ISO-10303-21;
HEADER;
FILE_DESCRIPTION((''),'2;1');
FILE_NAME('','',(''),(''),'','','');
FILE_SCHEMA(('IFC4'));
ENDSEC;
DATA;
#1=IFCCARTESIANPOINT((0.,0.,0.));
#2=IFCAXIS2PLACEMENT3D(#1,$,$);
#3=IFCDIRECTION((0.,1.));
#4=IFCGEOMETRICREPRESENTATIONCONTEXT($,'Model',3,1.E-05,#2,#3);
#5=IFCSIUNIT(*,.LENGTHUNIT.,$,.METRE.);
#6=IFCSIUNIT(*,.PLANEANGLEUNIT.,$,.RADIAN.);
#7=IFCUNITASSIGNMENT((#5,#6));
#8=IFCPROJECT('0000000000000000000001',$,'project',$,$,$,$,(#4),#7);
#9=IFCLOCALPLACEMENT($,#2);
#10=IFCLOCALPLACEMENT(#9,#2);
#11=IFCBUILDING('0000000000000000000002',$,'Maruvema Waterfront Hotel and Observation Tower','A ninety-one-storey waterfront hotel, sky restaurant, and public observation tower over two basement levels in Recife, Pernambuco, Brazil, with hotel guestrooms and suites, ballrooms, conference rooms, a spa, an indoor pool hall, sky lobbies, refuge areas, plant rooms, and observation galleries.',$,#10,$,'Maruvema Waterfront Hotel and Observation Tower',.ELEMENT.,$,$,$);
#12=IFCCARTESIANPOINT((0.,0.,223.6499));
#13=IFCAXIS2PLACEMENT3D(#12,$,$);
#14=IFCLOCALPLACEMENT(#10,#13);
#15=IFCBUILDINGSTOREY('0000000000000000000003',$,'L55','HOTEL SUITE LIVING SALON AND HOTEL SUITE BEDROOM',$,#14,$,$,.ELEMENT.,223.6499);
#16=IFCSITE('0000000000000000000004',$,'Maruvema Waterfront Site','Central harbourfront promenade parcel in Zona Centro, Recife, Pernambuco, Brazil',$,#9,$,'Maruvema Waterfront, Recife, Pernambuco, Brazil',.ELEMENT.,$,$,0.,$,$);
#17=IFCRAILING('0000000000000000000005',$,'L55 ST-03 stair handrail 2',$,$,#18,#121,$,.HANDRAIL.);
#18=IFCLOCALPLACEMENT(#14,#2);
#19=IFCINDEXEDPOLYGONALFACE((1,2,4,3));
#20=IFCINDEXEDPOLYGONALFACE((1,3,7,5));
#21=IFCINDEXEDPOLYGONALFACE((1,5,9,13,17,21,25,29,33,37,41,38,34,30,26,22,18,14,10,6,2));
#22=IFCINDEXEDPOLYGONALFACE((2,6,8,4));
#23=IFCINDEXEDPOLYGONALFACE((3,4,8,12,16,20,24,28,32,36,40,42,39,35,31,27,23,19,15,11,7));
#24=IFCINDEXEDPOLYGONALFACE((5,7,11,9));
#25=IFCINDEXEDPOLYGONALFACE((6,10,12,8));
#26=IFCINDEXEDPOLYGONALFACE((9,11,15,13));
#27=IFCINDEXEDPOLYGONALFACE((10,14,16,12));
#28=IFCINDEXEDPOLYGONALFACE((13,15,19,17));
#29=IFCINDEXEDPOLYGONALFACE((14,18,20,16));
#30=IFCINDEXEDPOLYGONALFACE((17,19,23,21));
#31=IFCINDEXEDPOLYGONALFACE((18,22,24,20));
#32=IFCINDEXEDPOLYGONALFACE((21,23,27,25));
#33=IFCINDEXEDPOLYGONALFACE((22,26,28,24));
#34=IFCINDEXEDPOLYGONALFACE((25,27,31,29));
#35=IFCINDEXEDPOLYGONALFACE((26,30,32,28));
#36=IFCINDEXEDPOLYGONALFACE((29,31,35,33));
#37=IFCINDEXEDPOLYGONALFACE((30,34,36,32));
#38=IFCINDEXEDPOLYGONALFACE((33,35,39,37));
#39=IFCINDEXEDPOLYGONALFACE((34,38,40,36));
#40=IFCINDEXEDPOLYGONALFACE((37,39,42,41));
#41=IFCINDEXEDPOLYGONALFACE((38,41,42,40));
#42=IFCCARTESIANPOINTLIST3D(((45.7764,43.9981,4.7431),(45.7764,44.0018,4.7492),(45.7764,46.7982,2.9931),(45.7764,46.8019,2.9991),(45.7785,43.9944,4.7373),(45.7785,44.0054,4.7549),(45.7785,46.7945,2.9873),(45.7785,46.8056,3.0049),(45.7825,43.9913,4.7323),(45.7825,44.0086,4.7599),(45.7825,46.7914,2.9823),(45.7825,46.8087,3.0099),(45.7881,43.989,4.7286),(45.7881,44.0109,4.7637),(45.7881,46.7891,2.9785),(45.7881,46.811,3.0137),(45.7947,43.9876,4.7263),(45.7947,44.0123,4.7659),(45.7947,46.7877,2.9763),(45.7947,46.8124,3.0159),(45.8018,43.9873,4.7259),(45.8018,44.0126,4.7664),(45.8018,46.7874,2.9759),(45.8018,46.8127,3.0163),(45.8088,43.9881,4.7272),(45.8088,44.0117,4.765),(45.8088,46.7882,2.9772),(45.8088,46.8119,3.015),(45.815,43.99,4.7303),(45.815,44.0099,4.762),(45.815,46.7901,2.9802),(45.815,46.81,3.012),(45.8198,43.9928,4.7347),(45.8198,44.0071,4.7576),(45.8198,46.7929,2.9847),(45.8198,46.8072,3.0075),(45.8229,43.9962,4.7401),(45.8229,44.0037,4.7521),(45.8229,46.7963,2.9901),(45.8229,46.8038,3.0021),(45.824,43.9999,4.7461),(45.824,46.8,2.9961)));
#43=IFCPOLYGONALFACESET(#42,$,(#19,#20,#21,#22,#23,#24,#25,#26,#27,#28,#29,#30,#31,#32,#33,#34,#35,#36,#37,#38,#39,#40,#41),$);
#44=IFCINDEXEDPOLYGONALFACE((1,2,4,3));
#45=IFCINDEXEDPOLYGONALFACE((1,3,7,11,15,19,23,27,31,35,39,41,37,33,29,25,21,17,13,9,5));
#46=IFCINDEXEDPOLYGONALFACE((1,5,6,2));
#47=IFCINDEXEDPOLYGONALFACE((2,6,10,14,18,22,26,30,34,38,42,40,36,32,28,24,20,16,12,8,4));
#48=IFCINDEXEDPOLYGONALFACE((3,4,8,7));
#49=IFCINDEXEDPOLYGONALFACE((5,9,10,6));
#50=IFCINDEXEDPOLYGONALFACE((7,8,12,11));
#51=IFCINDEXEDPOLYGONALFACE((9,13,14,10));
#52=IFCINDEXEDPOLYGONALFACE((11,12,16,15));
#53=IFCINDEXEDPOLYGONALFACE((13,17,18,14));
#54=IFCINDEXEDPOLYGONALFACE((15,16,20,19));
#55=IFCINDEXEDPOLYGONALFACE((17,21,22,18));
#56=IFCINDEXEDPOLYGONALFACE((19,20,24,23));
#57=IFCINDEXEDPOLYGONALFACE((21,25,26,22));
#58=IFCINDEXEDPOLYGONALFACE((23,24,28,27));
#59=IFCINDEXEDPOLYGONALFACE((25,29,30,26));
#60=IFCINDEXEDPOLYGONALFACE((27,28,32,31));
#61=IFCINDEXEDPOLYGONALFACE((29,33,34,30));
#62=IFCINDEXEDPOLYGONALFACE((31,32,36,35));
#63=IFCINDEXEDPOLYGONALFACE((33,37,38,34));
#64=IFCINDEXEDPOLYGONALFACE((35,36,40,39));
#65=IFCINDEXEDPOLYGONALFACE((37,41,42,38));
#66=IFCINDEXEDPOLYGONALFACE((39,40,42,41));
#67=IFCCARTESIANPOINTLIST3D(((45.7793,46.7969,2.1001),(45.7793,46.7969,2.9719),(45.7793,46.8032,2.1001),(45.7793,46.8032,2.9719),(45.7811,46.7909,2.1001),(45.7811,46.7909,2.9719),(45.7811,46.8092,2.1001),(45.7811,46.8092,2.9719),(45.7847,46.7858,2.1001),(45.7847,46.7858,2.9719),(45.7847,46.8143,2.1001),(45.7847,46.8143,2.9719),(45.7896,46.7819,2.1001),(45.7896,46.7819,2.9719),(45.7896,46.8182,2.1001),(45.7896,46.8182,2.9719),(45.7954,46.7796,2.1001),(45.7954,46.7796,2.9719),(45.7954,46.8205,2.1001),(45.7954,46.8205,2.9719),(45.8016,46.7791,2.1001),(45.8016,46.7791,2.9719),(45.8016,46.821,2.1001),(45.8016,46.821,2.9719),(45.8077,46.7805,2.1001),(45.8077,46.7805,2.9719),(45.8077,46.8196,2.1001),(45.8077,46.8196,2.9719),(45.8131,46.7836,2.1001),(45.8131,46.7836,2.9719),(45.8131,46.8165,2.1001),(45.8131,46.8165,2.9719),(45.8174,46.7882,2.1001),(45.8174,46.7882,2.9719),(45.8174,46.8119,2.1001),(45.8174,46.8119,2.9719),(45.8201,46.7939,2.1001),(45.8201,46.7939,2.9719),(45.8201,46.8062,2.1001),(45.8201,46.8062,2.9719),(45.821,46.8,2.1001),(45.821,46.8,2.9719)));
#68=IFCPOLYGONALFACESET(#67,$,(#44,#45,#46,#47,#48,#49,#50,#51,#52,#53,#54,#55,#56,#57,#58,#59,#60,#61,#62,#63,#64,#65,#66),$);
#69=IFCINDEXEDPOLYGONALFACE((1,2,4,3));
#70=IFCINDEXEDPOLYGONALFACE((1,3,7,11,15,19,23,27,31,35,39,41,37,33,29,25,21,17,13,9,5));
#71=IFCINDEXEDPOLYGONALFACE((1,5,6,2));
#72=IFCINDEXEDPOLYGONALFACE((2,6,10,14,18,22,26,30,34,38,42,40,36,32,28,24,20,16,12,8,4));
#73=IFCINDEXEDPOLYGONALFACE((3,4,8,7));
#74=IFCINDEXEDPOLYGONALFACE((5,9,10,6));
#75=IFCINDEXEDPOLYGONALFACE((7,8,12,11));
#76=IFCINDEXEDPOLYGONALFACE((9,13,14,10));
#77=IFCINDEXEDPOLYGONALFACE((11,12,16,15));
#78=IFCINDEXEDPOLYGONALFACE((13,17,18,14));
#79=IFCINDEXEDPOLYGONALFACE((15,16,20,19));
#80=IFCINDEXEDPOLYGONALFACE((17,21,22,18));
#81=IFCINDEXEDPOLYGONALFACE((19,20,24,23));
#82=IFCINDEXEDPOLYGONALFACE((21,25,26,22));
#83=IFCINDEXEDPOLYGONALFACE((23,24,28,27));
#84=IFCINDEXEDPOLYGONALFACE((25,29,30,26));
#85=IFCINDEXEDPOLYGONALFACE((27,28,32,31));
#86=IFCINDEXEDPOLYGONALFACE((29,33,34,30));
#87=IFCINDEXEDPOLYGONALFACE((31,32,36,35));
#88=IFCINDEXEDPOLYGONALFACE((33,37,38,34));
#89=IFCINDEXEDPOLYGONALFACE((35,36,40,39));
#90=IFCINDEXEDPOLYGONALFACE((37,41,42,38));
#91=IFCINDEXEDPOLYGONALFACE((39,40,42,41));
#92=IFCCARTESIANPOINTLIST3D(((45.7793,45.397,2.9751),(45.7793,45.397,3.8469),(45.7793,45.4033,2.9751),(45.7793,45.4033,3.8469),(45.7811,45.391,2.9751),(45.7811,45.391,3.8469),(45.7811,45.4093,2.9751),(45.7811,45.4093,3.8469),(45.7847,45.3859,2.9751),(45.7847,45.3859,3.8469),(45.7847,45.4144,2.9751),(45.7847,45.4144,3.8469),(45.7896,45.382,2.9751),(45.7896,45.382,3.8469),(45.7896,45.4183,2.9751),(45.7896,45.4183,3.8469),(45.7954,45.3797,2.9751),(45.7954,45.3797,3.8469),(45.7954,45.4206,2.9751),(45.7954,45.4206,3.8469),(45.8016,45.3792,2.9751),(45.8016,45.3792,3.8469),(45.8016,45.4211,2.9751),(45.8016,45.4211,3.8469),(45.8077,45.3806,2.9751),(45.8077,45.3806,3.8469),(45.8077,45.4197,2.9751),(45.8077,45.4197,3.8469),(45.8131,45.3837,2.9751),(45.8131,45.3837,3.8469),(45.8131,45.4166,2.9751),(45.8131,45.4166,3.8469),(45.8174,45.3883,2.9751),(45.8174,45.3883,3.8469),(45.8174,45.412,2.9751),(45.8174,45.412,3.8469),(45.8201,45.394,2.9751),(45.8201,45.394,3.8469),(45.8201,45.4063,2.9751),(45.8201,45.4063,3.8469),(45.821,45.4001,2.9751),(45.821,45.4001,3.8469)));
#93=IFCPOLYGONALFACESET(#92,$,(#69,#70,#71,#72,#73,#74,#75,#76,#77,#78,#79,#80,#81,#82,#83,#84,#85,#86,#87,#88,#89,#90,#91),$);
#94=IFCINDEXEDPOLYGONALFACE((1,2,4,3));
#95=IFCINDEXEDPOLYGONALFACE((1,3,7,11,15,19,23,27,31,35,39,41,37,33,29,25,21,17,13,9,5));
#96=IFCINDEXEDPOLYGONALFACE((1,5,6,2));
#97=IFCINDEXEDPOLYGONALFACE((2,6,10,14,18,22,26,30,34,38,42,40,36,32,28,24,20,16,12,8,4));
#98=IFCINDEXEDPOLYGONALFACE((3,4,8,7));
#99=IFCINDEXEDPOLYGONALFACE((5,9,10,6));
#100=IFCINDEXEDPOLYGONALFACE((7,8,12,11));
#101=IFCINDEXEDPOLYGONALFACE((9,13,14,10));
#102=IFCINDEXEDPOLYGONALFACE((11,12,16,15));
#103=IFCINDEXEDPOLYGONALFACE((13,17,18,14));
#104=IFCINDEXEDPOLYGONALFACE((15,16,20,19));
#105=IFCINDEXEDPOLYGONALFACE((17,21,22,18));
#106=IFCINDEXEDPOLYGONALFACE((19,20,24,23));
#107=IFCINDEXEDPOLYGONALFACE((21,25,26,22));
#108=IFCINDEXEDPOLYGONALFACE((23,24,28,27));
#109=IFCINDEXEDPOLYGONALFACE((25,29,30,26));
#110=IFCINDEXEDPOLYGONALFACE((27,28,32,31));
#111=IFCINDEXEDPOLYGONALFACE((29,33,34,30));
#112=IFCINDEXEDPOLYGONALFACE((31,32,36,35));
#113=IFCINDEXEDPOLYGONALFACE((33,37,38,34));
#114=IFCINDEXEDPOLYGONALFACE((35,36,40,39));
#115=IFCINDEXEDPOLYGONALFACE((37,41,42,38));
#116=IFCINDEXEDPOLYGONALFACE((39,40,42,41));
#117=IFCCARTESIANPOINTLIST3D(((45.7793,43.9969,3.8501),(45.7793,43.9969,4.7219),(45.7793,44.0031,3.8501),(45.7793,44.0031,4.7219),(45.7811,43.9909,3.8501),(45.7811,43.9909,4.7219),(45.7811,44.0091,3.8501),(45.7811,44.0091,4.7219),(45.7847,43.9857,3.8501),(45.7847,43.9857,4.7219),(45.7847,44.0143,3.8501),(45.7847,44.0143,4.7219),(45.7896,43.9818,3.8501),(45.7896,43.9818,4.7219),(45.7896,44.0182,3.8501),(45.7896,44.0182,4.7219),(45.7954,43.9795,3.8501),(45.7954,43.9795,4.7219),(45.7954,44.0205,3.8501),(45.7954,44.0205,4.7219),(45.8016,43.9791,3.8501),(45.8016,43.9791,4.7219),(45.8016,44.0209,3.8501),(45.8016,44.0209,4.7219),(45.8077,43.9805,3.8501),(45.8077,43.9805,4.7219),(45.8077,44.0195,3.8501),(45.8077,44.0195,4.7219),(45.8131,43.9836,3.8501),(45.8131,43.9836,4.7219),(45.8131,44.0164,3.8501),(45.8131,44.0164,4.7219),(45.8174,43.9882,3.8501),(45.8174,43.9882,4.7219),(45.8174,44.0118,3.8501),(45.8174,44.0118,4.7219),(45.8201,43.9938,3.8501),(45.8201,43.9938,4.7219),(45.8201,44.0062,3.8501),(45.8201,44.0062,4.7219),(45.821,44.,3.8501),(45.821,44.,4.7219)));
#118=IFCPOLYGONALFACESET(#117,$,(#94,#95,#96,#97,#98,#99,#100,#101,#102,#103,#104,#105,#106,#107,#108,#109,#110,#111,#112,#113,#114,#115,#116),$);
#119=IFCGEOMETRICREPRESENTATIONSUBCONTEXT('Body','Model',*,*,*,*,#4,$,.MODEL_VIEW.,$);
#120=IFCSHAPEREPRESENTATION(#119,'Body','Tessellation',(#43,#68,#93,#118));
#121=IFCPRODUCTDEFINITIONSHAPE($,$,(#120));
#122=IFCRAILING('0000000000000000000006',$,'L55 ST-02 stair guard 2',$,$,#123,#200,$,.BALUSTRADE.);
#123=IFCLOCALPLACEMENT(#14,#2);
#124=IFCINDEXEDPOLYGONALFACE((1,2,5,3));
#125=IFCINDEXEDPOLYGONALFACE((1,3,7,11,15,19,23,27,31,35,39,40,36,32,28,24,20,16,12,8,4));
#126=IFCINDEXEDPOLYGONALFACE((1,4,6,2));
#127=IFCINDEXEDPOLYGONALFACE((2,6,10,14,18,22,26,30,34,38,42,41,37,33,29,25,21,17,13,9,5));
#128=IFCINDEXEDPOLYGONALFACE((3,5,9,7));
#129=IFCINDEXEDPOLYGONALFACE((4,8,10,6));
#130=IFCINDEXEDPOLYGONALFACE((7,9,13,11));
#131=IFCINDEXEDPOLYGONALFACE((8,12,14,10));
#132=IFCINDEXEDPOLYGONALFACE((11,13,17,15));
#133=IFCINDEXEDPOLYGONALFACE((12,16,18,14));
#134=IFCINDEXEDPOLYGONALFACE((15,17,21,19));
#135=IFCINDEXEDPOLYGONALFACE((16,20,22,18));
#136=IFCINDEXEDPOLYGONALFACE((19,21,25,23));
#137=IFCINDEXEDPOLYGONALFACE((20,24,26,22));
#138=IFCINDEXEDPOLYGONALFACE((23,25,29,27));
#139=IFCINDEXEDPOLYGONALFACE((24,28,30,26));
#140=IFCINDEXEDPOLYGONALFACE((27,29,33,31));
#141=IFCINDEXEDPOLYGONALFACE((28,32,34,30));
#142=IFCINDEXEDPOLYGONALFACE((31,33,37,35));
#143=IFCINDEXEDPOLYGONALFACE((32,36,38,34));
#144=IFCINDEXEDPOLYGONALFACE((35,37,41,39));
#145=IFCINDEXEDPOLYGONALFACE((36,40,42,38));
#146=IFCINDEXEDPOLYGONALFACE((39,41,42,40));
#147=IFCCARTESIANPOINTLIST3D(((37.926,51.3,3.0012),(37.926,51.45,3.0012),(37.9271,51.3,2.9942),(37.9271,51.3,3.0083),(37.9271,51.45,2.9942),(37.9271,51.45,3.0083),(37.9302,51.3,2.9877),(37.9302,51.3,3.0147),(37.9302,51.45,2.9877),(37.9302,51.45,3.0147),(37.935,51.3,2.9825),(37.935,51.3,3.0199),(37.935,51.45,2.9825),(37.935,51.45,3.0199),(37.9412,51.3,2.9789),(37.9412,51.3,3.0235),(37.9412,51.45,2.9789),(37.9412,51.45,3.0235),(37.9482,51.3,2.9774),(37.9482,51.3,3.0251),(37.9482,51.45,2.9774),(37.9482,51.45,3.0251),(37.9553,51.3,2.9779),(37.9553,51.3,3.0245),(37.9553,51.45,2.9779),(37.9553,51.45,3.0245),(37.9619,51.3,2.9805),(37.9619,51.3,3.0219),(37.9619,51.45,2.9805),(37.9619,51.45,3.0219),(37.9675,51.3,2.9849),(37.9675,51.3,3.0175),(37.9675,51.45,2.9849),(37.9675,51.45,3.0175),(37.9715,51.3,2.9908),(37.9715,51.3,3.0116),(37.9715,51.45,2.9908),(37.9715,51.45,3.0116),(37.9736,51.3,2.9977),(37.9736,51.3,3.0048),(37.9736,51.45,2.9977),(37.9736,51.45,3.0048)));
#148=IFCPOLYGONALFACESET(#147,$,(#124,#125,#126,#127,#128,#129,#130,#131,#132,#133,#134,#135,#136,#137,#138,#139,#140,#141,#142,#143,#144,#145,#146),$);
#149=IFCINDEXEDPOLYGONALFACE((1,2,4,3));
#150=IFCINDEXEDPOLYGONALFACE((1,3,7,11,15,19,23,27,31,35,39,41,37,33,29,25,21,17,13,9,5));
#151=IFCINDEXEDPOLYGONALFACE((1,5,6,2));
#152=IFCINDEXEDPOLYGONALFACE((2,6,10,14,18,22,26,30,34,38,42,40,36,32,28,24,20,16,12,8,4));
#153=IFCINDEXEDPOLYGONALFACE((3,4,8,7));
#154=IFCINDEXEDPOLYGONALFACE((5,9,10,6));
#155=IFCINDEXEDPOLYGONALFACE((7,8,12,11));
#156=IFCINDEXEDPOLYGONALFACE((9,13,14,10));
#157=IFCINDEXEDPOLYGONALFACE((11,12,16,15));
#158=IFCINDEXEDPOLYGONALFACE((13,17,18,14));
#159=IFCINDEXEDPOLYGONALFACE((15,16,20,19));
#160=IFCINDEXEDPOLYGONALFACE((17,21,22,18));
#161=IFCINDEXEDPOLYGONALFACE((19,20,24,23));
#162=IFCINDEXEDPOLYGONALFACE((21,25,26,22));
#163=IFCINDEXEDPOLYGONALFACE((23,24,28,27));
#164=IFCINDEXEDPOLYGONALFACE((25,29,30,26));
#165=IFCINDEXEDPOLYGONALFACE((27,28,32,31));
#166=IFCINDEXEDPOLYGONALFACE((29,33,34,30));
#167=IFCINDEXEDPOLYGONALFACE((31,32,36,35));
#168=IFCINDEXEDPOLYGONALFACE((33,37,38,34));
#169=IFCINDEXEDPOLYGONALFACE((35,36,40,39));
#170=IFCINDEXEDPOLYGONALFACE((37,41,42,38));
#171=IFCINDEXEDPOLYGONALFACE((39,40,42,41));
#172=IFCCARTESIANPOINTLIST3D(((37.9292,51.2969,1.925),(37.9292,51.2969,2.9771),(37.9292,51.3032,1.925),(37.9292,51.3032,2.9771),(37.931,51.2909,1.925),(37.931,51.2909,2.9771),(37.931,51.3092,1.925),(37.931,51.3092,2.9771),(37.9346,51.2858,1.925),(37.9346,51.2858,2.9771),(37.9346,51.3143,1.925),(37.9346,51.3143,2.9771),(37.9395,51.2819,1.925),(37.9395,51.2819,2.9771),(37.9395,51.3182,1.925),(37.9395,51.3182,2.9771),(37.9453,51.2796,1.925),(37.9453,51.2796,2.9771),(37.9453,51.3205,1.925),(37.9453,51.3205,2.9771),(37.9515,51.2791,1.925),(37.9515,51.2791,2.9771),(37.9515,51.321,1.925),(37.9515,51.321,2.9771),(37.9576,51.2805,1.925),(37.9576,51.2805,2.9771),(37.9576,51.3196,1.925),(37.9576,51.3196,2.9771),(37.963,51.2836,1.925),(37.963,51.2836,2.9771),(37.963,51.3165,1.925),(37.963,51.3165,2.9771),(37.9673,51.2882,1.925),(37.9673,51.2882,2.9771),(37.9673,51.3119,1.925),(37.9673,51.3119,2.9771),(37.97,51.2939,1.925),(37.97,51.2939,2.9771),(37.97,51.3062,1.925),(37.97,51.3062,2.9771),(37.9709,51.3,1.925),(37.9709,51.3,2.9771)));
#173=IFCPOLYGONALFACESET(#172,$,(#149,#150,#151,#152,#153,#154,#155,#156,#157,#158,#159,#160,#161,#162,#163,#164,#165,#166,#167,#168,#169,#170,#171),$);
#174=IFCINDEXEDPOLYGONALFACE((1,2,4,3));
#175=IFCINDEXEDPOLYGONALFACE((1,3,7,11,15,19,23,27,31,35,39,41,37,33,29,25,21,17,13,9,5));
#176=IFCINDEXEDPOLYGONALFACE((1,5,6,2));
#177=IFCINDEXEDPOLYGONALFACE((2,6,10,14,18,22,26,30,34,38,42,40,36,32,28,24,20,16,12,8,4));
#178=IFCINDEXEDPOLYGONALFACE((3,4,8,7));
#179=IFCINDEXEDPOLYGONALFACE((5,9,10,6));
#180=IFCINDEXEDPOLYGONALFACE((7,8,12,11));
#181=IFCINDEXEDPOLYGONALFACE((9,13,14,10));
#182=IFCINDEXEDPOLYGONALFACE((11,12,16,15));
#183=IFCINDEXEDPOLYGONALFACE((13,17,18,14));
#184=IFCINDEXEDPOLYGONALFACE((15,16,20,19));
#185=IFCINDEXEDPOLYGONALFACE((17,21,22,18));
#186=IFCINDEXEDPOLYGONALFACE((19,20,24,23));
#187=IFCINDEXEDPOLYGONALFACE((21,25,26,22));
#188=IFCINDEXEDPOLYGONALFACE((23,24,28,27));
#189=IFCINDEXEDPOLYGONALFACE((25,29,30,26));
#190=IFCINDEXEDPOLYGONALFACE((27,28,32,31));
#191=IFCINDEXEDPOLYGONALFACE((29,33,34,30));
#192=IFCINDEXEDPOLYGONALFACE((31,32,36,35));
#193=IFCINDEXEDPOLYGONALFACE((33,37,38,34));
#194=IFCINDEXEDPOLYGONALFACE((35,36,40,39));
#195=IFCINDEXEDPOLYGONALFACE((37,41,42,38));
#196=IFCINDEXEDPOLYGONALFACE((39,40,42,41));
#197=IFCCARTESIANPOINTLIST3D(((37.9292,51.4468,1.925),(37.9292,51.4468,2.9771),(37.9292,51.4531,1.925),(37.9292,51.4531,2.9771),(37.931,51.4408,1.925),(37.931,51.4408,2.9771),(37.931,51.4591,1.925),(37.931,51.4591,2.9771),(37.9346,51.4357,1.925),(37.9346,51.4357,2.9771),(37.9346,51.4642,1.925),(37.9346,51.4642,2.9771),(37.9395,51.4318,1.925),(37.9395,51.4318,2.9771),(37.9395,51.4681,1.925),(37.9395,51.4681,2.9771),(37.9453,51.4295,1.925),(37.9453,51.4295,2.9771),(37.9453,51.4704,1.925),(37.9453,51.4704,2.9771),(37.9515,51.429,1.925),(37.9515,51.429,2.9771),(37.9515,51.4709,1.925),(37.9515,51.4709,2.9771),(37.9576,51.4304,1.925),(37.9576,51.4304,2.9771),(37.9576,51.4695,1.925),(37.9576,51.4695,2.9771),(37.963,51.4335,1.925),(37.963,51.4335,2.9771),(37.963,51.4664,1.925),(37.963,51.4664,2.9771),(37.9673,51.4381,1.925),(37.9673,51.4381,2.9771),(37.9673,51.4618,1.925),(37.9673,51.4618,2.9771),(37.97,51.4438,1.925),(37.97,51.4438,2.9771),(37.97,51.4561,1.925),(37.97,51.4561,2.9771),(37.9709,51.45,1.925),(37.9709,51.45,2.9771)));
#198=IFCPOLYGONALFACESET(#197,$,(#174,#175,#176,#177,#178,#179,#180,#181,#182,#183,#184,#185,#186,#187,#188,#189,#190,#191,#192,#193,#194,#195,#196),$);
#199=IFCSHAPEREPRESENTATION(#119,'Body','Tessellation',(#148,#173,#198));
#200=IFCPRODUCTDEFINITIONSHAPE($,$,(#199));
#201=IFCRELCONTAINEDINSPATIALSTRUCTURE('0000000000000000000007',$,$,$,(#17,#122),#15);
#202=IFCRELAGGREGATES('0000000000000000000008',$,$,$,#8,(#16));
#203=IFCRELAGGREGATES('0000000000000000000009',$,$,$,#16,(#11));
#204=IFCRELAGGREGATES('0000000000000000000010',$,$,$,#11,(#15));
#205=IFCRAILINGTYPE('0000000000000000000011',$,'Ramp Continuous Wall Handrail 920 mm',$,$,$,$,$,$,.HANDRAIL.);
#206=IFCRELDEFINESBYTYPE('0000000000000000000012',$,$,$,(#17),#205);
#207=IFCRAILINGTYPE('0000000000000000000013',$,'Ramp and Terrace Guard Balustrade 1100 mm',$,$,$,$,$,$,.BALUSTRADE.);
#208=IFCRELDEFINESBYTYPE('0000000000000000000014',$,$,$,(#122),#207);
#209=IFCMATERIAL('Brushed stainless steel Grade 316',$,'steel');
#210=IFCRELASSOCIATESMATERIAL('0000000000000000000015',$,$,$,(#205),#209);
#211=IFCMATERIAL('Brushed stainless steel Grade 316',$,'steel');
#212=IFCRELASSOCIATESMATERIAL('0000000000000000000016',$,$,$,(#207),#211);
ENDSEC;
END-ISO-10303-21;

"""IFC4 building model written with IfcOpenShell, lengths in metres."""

from ifc_helpers import new_model, si_unit, direction, frame, origin, origin_2d, place, context, subcontext, project, spatial, circle, extrude, material, type_object, element, save


model = new_model("IFC4")

# Units and contexts
model_context = context("Model", 3, precision=1e-05, world=origin(), true_north=direction((0.0, 1.0)))
body_context = subcontext(model_context, "Body", "Model", "MODEL_VIEW")
ifc_project = project(units=[si_unit("LENGTHUNIT", "METRE"), si_unit("PLANEANGLEUNIT", "RADIAN")], contexts=[model_context])

# Site, building, storey
site_placement = place(None, origin())
site = spatial("IfcSite", under=ifc_project, at=site_placement, Name="Maruvema Waterfront Site", Description="Central harbourfront promenade parcel in Zona Centro, Recife, Pernambuco, Brazil", LongName="Maruvema Waterfront, Recife, Pernambuco, Brazil", CompositionType="ELEMENT", RefElevation=0.0)
building_placement = place(site_placement, origin())
building = spatial("IfcBuilding", under=site, at=building_placement, Name="Maruvema Waterfront Hotel and Observation Tower", Description="A ninety-one-storey waterfront hotel, sky restaurant, and public observation tower over two basement levels in Recife, Pernambuco, Brazil, with hotel guestrooms and suites, ballrooms, conference rooms, a spa, an indoor pool hall, sky lobbies, refuge areas, plant rooms, and observation galleries.", LongName="Maruvema Waterfront Hotel and Observation Tower", CompositionType="ELEMENT")
storey_placement = place(building_placement, frame((0.0, 0.0, 223.6499)))
storey = spatial("IfcBuildingStorey", under=building, at=storey_placement, Name="L55", Description="HOTEL SUITE LIVING SALON AND HOTEL SUITE BEDROOM", CompositionType="ELEMENT", Elevation=223.6499)

# Railings
ifc_material_1 = material(Name="Brushed stainless steel Grade 316", Category="steel")
railing_type_1 = type_object("IfcRailingType", Name="Ramp Continuous Wall Handrail 920 mm", PredefinedType="HANDRAIL", material=ifc_material_1)
railing_1_placement = place(storey_placement, frame((45.8, 46.8, 2.1001)))
element("IfcRailing", 1, at=railing_1_placement, inside=storey, type_object=railing_type_1, Name="L55 ST-03 stair handrail 2", PredefinedType="HANDRAIL", context=body_context, shape_type="SweptSolid", body=[
    extrude(circle(Radius=0.0239, at=origin_2d()), frame((0.0, 0.0, 0.896), z_axis=(0.0, -0.848002, 0.529992), x_axis=(1.0, 0.0, 0.0)), (0.0, 0.0, 1.0), 3.302),
    extrude(circle(Radius=0.021, at=origin_2d()), origin(), (0.0, 0.0, 1.0), 0.8718),
    extrude(circle(Radius=0.021, at=origin_2d()), frame((0.0, -1.3999, 0.875)), (0.0, 0.0, 1.0), 0.8718),
    extrude(circle(Radius=0.021, at=origin_2d()), frame((0.0, -2.8, 1.75)), (0.0, 0.0, 1.0), 0.8718),
])
ifc_material_2 = material(Name="Brushed stainless steel Grade 316", Category="steel")
railing_type_2 = type_object("IfcRailingType", Name="Ramp and Terrace Guard Balustrade 1100 mm", PredefinedType="BALUSTRADE", material=ifc_material_2)
railing_2_placement = place(storey_placement, frame((37.95, 51.3, 1.925)))
element("IfcRailing", 2, at=railing_2_placement, inside=storey, type_object=railing_type_2, Name="L55 ST-02 stair guard 2", PredefinedType="BALUSTRADE", context=body_context, shape_type="SweptSolid", body=[
    extrude(circle(Radius=0.0239, at=origin_2d()), frame((0.0, 0.0, 1.0762), z_axis=(0.0, 1.0, 0.0), x_axis=(-1.0, 0.0, 0.0)), (0.0, 0.0, 1.0), 0.1499),
    extrude(circle(Radius=0.021, at=origin_2d()), origin(), (0.0, 0.0, 1.0), 1.052),
    extrude(circle(Radius=0.021, at=origin_2d()), frame((0.0, 0.1499, 0.0)), (0.0, 0.0, 1.0), 1.052),
])

save(model, "model.ifc")
